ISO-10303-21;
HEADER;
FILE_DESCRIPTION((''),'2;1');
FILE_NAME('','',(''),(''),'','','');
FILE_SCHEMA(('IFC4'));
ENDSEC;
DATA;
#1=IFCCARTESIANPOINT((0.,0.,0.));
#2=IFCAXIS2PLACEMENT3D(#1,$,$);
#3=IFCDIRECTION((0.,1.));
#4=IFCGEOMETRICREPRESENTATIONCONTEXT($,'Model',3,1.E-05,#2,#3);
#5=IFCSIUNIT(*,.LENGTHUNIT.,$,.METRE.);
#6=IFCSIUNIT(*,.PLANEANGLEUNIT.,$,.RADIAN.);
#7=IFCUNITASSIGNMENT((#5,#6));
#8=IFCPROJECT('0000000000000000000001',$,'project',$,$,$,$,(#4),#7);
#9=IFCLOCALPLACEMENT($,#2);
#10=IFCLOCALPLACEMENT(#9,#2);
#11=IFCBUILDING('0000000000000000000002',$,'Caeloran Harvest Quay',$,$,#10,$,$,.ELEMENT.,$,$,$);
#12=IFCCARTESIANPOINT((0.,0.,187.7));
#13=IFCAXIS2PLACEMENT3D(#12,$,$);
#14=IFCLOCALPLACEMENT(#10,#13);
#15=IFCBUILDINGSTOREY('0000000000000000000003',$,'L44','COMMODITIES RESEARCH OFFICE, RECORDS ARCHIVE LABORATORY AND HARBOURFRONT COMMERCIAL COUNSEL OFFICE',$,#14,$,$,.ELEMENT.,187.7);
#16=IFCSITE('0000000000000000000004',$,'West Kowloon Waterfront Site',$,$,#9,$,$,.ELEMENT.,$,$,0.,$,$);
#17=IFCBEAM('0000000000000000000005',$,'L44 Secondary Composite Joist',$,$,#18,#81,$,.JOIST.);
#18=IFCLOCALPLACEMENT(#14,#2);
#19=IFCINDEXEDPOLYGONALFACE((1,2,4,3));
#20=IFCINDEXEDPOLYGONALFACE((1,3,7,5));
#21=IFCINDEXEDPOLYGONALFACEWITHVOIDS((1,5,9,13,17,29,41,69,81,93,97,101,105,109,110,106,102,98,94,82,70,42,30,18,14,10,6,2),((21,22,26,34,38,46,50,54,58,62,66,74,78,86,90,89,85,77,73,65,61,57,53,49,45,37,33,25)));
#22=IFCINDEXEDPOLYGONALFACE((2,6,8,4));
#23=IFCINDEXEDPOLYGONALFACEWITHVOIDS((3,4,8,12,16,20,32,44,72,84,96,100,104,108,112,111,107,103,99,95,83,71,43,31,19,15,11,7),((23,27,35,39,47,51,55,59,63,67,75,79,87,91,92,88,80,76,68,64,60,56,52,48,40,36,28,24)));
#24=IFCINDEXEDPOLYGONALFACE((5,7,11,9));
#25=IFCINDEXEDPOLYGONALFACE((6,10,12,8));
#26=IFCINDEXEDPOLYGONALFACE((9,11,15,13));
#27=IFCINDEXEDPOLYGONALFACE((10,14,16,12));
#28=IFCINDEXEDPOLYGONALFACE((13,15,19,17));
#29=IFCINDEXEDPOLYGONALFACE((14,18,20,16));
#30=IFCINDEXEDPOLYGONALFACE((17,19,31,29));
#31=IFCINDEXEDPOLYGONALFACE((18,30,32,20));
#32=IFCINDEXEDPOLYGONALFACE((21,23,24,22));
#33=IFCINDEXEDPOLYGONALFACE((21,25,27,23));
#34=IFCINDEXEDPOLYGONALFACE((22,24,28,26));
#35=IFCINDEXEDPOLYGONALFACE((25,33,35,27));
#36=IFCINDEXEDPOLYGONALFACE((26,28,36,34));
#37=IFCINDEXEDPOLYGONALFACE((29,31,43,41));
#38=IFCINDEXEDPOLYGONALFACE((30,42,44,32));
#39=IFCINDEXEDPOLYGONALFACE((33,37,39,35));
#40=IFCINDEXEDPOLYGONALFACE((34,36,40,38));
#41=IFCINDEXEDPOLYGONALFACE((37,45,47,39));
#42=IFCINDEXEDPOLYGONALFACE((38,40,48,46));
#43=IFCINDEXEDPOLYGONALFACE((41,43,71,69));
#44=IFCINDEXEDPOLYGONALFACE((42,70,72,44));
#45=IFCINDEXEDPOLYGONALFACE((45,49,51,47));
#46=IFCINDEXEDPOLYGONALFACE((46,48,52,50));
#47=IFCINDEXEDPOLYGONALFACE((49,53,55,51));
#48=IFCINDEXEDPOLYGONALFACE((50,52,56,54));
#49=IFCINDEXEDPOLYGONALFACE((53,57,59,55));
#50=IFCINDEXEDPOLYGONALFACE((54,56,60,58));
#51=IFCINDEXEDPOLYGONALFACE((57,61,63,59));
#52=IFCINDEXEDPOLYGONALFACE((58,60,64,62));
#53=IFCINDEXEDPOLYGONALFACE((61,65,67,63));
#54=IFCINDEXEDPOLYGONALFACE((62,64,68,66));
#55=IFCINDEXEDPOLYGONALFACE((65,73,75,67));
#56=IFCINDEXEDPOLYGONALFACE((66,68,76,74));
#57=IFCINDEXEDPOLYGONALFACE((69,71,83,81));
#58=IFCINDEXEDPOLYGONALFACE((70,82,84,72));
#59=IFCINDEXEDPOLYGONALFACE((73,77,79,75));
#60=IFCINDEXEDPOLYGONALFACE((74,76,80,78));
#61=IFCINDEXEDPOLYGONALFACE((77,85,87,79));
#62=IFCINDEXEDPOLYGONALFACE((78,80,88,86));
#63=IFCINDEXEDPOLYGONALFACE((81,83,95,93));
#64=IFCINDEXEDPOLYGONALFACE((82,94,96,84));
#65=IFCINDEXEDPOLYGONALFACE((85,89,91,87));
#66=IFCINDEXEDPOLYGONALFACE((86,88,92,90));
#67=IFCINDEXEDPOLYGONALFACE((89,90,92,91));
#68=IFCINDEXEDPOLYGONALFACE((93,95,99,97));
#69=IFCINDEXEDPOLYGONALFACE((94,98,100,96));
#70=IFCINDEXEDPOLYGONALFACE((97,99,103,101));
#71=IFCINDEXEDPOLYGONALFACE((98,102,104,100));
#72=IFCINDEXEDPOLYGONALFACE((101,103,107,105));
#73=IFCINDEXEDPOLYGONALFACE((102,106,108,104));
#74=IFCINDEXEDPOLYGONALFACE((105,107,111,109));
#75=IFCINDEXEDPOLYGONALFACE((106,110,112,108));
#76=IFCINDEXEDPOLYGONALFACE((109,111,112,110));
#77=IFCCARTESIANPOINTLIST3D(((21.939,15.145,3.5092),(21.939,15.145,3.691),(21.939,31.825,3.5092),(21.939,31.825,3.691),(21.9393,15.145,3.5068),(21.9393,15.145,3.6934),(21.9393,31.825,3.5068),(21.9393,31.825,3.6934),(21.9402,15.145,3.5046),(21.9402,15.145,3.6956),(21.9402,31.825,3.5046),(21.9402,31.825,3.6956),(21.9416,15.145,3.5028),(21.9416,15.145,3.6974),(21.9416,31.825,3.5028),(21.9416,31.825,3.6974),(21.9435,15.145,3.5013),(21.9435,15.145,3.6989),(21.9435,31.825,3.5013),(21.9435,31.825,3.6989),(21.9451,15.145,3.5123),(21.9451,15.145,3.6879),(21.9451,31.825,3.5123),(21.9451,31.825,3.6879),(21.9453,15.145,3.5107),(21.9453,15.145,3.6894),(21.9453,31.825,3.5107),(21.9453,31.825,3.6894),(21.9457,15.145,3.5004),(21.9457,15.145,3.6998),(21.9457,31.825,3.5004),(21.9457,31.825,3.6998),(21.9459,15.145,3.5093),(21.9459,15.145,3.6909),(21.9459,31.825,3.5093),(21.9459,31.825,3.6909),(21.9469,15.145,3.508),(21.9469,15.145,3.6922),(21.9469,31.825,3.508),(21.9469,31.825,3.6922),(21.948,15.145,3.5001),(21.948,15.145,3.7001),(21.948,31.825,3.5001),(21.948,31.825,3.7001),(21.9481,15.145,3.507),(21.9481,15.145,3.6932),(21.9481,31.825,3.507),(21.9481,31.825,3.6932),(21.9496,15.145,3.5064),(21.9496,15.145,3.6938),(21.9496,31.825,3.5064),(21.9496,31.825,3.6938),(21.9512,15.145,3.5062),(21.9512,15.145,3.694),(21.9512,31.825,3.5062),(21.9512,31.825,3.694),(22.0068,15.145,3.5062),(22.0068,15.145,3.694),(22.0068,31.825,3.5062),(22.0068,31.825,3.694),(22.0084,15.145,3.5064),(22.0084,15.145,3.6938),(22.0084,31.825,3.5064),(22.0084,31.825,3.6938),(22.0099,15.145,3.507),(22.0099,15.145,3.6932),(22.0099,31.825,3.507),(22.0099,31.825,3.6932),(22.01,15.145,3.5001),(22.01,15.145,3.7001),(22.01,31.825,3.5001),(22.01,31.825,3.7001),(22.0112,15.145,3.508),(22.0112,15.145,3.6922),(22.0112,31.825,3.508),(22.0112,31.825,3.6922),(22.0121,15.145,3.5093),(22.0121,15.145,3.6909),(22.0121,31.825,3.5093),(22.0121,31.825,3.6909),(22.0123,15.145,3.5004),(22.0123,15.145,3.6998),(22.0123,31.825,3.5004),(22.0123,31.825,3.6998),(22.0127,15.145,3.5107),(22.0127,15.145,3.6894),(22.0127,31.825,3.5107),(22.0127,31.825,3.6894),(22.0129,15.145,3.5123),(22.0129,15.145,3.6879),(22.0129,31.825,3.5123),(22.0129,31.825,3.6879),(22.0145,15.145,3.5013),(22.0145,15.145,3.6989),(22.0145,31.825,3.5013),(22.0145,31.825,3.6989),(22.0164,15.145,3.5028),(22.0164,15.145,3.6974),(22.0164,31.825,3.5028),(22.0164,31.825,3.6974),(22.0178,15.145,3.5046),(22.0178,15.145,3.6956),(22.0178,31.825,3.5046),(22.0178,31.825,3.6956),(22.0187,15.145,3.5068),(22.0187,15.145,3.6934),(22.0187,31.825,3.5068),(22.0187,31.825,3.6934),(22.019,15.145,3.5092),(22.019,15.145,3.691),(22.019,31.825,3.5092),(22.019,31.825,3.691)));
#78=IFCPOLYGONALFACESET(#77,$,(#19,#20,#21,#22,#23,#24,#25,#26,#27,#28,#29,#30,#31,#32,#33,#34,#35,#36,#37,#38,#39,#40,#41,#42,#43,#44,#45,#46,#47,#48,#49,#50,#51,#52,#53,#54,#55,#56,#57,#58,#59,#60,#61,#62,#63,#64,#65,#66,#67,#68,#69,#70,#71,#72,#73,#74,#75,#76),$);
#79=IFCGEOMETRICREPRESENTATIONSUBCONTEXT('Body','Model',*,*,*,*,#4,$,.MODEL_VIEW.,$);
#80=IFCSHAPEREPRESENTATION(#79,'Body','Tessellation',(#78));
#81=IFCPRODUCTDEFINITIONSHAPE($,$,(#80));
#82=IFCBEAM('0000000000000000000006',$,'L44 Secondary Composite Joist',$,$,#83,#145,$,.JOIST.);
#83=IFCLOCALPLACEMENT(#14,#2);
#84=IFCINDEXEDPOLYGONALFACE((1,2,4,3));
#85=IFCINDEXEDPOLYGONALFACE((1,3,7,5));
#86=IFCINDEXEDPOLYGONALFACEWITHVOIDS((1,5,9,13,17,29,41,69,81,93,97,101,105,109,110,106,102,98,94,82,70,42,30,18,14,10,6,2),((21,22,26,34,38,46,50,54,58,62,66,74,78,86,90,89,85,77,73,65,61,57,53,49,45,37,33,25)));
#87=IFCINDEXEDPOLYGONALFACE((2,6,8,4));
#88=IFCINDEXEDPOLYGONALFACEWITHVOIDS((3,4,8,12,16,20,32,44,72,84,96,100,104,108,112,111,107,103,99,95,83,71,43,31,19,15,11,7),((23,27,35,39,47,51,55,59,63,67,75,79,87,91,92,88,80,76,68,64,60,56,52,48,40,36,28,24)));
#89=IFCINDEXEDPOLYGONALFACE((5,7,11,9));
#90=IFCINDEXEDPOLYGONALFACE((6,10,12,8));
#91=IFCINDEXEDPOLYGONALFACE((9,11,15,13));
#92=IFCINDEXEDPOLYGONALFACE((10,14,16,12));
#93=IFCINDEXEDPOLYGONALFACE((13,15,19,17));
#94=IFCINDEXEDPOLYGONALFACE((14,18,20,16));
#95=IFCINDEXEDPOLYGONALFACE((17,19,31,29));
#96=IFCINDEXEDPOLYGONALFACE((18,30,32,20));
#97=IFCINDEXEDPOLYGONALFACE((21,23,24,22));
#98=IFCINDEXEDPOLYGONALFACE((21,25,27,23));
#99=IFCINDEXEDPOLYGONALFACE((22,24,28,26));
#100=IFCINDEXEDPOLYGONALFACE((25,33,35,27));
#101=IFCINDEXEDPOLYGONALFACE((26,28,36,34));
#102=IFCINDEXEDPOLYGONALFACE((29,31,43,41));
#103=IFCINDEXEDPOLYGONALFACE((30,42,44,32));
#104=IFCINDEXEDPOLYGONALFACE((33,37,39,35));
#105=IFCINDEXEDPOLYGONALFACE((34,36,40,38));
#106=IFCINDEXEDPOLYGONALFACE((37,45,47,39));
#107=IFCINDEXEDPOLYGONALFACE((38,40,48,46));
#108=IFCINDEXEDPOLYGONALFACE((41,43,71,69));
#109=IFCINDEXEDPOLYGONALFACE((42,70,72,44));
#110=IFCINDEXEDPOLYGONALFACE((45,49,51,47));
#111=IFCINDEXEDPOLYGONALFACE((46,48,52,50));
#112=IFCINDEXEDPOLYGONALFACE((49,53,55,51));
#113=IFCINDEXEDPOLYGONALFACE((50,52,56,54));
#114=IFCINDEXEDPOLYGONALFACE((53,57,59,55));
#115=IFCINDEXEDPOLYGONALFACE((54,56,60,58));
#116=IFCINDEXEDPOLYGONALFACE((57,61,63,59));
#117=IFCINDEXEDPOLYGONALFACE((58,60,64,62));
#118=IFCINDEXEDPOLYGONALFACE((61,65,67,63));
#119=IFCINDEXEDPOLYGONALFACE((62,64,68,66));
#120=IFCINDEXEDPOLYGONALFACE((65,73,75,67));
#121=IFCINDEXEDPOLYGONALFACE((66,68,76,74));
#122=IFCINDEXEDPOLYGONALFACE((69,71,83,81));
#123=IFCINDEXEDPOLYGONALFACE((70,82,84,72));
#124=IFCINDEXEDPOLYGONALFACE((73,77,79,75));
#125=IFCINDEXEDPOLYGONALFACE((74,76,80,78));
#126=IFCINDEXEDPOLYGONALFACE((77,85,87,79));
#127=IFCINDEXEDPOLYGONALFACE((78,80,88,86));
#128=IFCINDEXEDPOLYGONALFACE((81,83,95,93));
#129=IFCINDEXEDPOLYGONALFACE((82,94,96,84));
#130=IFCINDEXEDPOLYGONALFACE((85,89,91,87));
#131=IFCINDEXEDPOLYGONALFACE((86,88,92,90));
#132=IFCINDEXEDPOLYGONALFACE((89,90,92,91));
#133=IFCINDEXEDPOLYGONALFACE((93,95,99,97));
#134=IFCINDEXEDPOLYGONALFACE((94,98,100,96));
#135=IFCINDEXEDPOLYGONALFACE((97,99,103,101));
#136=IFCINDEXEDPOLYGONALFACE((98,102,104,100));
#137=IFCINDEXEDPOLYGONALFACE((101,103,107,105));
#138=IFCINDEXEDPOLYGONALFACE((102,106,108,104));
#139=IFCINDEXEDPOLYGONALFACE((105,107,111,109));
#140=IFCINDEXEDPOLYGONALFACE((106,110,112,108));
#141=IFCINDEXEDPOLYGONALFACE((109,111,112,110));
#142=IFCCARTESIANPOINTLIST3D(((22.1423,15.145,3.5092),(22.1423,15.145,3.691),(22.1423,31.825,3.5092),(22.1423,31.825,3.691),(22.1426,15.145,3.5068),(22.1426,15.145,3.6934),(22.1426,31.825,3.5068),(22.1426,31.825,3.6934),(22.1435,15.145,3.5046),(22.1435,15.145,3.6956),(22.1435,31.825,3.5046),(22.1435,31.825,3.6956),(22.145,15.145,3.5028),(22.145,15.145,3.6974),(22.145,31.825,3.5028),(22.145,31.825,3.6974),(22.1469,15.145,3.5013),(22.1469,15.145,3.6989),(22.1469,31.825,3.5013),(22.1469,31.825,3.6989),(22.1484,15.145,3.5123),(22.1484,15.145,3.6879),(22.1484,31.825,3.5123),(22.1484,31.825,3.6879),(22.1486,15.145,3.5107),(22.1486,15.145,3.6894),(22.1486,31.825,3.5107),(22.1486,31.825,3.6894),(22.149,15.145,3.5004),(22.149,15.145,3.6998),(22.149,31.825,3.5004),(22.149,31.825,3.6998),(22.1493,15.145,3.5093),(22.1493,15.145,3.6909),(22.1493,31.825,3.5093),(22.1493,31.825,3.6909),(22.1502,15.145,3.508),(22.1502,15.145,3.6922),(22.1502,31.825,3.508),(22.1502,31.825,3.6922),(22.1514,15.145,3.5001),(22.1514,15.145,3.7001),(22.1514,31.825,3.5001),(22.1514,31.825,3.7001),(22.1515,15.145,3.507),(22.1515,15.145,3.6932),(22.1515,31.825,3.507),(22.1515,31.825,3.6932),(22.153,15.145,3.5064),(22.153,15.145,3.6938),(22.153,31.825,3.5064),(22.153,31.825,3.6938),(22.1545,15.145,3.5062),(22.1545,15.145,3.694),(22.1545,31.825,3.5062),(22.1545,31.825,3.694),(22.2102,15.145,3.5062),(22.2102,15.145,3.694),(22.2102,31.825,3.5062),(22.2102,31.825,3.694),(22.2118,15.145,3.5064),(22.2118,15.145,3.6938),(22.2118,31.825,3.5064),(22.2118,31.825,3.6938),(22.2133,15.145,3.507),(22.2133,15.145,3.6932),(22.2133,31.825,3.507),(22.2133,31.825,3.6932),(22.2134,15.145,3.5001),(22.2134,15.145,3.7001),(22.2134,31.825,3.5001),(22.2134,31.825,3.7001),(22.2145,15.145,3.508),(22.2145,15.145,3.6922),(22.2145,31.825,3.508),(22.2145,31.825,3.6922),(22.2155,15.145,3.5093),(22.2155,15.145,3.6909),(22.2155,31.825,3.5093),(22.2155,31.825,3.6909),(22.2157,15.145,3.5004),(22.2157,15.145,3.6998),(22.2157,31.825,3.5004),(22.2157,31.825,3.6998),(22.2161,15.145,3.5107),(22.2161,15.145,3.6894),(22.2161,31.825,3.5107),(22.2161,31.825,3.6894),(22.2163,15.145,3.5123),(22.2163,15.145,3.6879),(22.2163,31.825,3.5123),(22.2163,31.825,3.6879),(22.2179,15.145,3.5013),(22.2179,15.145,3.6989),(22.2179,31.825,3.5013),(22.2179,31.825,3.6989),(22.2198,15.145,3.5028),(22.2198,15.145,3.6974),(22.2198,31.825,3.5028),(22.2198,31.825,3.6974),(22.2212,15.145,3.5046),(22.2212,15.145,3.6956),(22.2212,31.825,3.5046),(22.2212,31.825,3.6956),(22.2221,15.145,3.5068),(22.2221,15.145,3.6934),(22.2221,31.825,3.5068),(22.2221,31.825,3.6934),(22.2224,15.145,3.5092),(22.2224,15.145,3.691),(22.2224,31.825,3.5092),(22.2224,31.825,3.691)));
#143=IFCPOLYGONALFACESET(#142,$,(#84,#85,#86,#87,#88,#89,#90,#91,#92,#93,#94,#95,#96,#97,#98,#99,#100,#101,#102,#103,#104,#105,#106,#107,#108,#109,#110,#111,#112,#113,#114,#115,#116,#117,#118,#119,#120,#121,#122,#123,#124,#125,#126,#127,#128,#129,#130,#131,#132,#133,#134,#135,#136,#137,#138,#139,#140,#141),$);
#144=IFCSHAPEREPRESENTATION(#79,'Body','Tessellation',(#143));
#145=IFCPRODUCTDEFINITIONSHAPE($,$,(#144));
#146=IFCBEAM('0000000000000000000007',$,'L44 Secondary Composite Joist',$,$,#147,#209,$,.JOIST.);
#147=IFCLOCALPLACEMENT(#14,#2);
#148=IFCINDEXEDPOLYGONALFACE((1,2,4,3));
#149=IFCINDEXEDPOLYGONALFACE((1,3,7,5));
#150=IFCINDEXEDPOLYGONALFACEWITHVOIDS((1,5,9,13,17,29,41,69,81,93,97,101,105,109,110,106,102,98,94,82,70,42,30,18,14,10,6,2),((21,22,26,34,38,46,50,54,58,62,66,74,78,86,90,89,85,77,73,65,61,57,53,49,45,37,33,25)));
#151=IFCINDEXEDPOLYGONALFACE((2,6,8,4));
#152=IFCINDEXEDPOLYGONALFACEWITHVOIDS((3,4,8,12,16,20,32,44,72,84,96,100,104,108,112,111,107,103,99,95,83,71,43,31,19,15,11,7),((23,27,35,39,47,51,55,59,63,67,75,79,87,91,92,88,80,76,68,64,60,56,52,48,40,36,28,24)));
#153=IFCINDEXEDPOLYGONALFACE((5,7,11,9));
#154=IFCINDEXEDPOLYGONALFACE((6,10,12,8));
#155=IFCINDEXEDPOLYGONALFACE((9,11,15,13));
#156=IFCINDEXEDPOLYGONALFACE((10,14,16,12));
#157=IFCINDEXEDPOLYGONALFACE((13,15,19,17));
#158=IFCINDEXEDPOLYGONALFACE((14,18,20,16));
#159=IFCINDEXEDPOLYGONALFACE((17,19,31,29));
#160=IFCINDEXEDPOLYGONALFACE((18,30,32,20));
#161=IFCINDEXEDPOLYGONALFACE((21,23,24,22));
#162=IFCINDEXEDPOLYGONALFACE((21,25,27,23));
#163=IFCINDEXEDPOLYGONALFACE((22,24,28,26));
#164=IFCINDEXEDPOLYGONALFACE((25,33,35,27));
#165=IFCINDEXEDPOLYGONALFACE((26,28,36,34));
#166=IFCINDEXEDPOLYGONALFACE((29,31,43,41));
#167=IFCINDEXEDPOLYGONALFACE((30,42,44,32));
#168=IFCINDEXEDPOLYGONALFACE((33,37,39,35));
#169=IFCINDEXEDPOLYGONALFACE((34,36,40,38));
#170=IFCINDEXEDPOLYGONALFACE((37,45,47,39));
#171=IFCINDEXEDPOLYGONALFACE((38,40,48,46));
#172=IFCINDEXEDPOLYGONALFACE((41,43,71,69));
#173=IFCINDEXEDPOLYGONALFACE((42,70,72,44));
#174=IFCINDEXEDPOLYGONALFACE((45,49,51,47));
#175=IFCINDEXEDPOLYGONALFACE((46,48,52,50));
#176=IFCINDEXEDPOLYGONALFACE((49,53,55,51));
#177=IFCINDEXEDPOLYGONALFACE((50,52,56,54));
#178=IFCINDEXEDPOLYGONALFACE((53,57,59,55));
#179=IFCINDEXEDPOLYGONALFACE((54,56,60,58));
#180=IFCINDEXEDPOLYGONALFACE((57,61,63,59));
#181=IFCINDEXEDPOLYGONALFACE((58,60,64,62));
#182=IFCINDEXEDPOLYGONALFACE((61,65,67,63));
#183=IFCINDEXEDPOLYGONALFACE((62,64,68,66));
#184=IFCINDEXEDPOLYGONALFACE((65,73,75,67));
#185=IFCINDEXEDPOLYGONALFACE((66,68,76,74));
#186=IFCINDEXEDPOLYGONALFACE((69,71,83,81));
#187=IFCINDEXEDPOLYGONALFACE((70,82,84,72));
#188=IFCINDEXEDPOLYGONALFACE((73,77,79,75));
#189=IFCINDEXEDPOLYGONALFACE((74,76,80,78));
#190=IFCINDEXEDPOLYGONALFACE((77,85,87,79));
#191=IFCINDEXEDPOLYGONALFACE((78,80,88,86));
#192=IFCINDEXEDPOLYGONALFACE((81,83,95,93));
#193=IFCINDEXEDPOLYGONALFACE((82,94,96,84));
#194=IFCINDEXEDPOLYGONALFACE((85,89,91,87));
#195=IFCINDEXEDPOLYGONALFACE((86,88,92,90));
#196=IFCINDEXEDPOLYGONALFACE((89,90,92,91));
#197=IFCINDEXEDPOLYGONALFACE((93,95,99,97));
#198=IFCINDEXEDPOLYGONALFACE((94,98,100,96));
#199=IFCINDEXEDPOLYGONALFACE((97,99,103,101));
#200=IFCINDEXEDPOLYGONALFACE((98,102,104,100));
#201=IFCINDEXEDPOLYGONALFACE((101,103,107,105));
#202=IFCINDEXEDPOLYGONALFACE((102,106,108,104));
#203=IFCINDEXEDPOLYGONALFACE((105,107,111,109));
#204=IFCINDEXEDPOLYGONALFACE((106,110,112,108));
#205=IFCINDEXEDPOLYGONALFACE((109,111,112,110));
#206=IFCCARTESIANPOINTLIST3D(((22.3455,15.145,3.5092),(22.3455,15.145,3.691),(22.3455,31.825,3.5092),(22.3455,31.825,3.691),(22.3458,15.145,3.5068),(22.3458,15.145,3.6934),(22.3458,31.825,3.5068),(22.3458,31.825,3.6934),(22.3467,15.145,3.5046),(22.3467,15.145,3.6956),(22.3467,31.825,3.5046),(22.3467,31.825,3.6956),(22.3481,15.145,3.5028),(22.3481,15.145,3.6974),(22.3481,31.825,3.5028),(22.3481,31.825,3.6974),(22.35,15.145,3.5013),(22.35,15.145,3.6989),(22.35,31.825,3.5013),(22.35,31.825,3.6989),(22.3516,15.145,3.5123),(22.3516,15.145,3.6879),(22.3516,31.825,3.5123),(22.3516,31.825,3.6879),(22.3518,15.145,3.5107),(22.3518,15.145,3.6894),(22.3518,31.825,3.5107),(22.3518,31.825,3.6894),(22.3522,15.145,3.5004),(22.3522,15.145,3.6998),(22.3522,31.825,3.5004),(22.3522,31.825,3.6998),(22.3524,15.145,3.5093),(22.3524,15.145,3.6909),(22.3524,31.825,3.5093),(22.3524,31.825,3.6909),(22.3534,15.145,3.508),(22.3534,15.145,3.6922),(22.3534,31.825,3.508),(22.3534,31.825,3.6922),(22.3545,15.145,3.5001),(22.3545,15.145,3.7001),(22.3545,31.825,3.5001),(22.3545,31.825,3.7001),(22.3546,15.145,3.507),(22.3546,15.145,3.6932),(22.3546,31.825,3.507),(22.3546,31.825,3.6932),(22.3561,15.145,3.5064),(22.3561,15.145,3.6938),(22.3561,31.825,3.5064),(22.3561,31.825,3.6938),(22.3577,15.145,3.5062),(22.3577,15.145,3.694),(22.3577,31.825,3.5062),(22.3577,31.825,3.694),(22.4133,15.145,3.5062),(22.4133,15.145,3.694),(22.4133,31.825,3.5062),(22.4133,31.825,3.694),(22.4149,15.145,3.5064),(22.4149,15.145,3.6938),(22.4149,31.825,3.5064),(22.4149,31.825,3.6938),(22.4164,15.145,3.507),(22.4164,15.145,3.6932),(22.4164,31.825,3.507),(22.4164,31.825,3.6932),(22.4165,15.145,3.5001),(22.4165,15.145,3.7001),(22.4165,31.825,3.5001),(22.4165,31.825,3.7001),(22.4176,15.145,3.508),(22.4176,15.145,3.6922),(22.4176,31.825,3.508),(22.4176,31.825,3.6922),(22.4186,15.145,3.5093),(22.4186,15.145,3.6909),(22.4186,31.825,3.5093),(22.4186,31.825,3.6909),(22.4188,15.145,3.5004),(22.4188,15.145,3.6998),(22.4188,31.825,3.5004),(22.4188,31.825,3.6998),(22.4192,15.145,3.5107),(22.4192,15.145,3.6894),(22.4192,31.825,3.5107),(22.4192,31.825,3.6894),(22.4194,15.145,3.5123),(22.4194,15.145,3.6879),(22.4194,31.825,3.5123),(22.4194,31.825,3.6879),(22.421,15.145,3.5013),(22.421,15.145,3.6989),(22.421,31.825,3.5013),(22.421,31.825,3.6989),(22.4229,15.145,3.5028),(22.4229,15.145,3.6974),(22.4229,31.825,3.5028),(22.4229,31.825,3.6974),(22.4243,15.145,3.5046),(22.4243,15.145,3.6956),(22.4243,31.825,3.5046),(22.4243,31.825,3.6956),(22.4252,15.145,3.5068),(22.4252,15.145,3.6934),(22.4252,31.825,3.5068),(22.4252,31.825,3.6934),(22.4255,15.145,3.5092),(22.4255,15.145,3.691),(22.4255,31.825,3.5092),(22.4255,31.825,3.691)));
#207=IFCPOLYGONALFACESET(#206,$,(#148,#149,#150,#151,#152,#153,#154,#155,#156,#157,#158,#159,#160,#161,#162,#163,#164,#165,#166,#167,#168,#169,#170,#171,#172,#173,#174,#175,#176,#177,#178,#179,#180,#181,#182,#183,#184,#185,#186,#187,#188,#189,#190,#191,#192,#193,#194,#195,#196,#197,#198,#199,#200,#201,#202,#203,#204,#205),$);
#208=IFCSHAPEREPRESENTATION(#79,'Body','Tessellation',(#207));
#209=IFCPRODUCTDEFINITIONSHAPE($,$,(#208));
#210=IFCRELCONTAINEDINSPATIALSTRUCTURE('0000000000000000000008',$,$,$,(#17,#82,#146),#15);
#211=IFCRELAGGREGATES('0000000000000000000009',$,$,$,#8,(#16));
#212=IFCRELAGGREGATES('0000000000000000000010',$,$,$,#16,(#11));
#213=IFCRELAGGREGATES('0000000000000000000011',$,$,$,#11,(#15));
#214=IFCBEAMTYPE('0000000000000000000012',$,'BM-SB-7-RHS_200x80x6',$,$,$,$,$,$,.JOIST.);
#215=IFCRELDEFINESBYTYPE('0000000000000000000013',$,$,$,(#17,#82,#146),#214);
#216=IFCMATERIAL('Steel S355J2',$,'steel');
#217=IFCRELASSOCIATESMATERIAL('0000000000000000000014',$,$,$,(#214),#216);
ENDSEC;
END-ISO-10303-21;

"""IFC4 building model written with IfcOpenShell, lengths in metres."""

from ifc_helpers import new_model, si_unit, direction, frame, origin, origin_2d, place, context, subcontext, project, spatial, hollow_rectangle, extrude, material, material_profile, profile_set, type_object, element, save


model = new_model("IFC4")

# Units and contexts
model_context = context("Model", 3, precision=1e-05, world=origin(), true_north=direction((0.0, 1.0)))
body_context = subcontext(model_context, "Body", "Model", "MODEL_VIEW")
ifc_project = project(units=[si_unit("LENGTHUNIT", "METRE"), si_unit("PLANEANGLEUNIT", "RADIAN")], contexts=[model_context])

# Site, building, storey
site_placement = place(None, origin())
site = spatial("IfcSite", under=ifc_project, at=site_placement, Name="West Kowloon Waterfront Site", CompositionType="ELEMENT", RefElevation=0.0)
building_placement = place(site_placement, origin())
building = spatial("IfcBuilding", under=site, at=building_placement, Name="Caeloran Harvest Quay", CompositionType="ELEMENT")
storey_placement = place(building_placement, frame((0.0, 0.0, 187.7)))
storey = spatial("IfcBuildingStorey", under=building, at=storey_placement, Name="L44", Description="COMMODITIES RESEARCH OFFICE, RECORDS ARCHIVE LABORATORY AND HARBOURFRONT COMMERCIAL COUNSEL OFFICE", CompositionType="ELEMENT", Elevation=187.7)

# Beams
ifc_material_1 = material(Name="Steel S355J2", Category="steel")
ifc_material_profile_1 = material_profile(ifc_material_1, hollow_rectangle(XDim=0.0801, YDim=0.2, WallThickness=0.0061, InnerFilletRadius=0.0061, OuterFilletRadius=0.009, at=origin_2d()), Name="RHS 200x80x6")
ifc_profile_set_1 = profile_set([ifc_material_profile_1], Name="Steel S355J2")
beam_type_1 = type_object("IfcBeamType", Name="BM-SB-7-RHS_200x80x6", PredefinedType="JOIST", material=ifc_profile_set_1)
for number, where, z_axis, x_axis, name in (
    (1, (21.979, 15.145, 3.6001), (0.0, 1.0, 0.0), (-1.0, 0.0, 0.0), "L44 Secondary Composite Joist"),
    (2, (22.1824, 15.145, 3.6001), (0.0, 1.0, 0.0), (-1.0, 0.0, 0.0), "L44 Secondary Composite Joist"),
    (3, (22.3855, 15.145, 3.6001), (0.0, 1.0, 0.0), (-1.0, 0.0, 0.0), "L44 Secondary Composite Joist"),
):
    element("IfcBeam", number, at=place(storey_placement, frame(where, z_axis=z_axis, x_axis=x_axis)), inside=storey, type_object=beam_type_1, Name=name, PredefinedType="JOIST", context=body_context, shape_type="SweptSolid", body=[
        extrude(hollow_rectangle(XDim=0.0801, YDim=0.2, WallThickness=0.0061, InnerFilletRadius=0.0061, OuterFilletRadius=0.009, at=origin_2d()), origin(), (0.0, 0.0, 1.0), 16.6799),
    ])

save(model, "model.ifc")
